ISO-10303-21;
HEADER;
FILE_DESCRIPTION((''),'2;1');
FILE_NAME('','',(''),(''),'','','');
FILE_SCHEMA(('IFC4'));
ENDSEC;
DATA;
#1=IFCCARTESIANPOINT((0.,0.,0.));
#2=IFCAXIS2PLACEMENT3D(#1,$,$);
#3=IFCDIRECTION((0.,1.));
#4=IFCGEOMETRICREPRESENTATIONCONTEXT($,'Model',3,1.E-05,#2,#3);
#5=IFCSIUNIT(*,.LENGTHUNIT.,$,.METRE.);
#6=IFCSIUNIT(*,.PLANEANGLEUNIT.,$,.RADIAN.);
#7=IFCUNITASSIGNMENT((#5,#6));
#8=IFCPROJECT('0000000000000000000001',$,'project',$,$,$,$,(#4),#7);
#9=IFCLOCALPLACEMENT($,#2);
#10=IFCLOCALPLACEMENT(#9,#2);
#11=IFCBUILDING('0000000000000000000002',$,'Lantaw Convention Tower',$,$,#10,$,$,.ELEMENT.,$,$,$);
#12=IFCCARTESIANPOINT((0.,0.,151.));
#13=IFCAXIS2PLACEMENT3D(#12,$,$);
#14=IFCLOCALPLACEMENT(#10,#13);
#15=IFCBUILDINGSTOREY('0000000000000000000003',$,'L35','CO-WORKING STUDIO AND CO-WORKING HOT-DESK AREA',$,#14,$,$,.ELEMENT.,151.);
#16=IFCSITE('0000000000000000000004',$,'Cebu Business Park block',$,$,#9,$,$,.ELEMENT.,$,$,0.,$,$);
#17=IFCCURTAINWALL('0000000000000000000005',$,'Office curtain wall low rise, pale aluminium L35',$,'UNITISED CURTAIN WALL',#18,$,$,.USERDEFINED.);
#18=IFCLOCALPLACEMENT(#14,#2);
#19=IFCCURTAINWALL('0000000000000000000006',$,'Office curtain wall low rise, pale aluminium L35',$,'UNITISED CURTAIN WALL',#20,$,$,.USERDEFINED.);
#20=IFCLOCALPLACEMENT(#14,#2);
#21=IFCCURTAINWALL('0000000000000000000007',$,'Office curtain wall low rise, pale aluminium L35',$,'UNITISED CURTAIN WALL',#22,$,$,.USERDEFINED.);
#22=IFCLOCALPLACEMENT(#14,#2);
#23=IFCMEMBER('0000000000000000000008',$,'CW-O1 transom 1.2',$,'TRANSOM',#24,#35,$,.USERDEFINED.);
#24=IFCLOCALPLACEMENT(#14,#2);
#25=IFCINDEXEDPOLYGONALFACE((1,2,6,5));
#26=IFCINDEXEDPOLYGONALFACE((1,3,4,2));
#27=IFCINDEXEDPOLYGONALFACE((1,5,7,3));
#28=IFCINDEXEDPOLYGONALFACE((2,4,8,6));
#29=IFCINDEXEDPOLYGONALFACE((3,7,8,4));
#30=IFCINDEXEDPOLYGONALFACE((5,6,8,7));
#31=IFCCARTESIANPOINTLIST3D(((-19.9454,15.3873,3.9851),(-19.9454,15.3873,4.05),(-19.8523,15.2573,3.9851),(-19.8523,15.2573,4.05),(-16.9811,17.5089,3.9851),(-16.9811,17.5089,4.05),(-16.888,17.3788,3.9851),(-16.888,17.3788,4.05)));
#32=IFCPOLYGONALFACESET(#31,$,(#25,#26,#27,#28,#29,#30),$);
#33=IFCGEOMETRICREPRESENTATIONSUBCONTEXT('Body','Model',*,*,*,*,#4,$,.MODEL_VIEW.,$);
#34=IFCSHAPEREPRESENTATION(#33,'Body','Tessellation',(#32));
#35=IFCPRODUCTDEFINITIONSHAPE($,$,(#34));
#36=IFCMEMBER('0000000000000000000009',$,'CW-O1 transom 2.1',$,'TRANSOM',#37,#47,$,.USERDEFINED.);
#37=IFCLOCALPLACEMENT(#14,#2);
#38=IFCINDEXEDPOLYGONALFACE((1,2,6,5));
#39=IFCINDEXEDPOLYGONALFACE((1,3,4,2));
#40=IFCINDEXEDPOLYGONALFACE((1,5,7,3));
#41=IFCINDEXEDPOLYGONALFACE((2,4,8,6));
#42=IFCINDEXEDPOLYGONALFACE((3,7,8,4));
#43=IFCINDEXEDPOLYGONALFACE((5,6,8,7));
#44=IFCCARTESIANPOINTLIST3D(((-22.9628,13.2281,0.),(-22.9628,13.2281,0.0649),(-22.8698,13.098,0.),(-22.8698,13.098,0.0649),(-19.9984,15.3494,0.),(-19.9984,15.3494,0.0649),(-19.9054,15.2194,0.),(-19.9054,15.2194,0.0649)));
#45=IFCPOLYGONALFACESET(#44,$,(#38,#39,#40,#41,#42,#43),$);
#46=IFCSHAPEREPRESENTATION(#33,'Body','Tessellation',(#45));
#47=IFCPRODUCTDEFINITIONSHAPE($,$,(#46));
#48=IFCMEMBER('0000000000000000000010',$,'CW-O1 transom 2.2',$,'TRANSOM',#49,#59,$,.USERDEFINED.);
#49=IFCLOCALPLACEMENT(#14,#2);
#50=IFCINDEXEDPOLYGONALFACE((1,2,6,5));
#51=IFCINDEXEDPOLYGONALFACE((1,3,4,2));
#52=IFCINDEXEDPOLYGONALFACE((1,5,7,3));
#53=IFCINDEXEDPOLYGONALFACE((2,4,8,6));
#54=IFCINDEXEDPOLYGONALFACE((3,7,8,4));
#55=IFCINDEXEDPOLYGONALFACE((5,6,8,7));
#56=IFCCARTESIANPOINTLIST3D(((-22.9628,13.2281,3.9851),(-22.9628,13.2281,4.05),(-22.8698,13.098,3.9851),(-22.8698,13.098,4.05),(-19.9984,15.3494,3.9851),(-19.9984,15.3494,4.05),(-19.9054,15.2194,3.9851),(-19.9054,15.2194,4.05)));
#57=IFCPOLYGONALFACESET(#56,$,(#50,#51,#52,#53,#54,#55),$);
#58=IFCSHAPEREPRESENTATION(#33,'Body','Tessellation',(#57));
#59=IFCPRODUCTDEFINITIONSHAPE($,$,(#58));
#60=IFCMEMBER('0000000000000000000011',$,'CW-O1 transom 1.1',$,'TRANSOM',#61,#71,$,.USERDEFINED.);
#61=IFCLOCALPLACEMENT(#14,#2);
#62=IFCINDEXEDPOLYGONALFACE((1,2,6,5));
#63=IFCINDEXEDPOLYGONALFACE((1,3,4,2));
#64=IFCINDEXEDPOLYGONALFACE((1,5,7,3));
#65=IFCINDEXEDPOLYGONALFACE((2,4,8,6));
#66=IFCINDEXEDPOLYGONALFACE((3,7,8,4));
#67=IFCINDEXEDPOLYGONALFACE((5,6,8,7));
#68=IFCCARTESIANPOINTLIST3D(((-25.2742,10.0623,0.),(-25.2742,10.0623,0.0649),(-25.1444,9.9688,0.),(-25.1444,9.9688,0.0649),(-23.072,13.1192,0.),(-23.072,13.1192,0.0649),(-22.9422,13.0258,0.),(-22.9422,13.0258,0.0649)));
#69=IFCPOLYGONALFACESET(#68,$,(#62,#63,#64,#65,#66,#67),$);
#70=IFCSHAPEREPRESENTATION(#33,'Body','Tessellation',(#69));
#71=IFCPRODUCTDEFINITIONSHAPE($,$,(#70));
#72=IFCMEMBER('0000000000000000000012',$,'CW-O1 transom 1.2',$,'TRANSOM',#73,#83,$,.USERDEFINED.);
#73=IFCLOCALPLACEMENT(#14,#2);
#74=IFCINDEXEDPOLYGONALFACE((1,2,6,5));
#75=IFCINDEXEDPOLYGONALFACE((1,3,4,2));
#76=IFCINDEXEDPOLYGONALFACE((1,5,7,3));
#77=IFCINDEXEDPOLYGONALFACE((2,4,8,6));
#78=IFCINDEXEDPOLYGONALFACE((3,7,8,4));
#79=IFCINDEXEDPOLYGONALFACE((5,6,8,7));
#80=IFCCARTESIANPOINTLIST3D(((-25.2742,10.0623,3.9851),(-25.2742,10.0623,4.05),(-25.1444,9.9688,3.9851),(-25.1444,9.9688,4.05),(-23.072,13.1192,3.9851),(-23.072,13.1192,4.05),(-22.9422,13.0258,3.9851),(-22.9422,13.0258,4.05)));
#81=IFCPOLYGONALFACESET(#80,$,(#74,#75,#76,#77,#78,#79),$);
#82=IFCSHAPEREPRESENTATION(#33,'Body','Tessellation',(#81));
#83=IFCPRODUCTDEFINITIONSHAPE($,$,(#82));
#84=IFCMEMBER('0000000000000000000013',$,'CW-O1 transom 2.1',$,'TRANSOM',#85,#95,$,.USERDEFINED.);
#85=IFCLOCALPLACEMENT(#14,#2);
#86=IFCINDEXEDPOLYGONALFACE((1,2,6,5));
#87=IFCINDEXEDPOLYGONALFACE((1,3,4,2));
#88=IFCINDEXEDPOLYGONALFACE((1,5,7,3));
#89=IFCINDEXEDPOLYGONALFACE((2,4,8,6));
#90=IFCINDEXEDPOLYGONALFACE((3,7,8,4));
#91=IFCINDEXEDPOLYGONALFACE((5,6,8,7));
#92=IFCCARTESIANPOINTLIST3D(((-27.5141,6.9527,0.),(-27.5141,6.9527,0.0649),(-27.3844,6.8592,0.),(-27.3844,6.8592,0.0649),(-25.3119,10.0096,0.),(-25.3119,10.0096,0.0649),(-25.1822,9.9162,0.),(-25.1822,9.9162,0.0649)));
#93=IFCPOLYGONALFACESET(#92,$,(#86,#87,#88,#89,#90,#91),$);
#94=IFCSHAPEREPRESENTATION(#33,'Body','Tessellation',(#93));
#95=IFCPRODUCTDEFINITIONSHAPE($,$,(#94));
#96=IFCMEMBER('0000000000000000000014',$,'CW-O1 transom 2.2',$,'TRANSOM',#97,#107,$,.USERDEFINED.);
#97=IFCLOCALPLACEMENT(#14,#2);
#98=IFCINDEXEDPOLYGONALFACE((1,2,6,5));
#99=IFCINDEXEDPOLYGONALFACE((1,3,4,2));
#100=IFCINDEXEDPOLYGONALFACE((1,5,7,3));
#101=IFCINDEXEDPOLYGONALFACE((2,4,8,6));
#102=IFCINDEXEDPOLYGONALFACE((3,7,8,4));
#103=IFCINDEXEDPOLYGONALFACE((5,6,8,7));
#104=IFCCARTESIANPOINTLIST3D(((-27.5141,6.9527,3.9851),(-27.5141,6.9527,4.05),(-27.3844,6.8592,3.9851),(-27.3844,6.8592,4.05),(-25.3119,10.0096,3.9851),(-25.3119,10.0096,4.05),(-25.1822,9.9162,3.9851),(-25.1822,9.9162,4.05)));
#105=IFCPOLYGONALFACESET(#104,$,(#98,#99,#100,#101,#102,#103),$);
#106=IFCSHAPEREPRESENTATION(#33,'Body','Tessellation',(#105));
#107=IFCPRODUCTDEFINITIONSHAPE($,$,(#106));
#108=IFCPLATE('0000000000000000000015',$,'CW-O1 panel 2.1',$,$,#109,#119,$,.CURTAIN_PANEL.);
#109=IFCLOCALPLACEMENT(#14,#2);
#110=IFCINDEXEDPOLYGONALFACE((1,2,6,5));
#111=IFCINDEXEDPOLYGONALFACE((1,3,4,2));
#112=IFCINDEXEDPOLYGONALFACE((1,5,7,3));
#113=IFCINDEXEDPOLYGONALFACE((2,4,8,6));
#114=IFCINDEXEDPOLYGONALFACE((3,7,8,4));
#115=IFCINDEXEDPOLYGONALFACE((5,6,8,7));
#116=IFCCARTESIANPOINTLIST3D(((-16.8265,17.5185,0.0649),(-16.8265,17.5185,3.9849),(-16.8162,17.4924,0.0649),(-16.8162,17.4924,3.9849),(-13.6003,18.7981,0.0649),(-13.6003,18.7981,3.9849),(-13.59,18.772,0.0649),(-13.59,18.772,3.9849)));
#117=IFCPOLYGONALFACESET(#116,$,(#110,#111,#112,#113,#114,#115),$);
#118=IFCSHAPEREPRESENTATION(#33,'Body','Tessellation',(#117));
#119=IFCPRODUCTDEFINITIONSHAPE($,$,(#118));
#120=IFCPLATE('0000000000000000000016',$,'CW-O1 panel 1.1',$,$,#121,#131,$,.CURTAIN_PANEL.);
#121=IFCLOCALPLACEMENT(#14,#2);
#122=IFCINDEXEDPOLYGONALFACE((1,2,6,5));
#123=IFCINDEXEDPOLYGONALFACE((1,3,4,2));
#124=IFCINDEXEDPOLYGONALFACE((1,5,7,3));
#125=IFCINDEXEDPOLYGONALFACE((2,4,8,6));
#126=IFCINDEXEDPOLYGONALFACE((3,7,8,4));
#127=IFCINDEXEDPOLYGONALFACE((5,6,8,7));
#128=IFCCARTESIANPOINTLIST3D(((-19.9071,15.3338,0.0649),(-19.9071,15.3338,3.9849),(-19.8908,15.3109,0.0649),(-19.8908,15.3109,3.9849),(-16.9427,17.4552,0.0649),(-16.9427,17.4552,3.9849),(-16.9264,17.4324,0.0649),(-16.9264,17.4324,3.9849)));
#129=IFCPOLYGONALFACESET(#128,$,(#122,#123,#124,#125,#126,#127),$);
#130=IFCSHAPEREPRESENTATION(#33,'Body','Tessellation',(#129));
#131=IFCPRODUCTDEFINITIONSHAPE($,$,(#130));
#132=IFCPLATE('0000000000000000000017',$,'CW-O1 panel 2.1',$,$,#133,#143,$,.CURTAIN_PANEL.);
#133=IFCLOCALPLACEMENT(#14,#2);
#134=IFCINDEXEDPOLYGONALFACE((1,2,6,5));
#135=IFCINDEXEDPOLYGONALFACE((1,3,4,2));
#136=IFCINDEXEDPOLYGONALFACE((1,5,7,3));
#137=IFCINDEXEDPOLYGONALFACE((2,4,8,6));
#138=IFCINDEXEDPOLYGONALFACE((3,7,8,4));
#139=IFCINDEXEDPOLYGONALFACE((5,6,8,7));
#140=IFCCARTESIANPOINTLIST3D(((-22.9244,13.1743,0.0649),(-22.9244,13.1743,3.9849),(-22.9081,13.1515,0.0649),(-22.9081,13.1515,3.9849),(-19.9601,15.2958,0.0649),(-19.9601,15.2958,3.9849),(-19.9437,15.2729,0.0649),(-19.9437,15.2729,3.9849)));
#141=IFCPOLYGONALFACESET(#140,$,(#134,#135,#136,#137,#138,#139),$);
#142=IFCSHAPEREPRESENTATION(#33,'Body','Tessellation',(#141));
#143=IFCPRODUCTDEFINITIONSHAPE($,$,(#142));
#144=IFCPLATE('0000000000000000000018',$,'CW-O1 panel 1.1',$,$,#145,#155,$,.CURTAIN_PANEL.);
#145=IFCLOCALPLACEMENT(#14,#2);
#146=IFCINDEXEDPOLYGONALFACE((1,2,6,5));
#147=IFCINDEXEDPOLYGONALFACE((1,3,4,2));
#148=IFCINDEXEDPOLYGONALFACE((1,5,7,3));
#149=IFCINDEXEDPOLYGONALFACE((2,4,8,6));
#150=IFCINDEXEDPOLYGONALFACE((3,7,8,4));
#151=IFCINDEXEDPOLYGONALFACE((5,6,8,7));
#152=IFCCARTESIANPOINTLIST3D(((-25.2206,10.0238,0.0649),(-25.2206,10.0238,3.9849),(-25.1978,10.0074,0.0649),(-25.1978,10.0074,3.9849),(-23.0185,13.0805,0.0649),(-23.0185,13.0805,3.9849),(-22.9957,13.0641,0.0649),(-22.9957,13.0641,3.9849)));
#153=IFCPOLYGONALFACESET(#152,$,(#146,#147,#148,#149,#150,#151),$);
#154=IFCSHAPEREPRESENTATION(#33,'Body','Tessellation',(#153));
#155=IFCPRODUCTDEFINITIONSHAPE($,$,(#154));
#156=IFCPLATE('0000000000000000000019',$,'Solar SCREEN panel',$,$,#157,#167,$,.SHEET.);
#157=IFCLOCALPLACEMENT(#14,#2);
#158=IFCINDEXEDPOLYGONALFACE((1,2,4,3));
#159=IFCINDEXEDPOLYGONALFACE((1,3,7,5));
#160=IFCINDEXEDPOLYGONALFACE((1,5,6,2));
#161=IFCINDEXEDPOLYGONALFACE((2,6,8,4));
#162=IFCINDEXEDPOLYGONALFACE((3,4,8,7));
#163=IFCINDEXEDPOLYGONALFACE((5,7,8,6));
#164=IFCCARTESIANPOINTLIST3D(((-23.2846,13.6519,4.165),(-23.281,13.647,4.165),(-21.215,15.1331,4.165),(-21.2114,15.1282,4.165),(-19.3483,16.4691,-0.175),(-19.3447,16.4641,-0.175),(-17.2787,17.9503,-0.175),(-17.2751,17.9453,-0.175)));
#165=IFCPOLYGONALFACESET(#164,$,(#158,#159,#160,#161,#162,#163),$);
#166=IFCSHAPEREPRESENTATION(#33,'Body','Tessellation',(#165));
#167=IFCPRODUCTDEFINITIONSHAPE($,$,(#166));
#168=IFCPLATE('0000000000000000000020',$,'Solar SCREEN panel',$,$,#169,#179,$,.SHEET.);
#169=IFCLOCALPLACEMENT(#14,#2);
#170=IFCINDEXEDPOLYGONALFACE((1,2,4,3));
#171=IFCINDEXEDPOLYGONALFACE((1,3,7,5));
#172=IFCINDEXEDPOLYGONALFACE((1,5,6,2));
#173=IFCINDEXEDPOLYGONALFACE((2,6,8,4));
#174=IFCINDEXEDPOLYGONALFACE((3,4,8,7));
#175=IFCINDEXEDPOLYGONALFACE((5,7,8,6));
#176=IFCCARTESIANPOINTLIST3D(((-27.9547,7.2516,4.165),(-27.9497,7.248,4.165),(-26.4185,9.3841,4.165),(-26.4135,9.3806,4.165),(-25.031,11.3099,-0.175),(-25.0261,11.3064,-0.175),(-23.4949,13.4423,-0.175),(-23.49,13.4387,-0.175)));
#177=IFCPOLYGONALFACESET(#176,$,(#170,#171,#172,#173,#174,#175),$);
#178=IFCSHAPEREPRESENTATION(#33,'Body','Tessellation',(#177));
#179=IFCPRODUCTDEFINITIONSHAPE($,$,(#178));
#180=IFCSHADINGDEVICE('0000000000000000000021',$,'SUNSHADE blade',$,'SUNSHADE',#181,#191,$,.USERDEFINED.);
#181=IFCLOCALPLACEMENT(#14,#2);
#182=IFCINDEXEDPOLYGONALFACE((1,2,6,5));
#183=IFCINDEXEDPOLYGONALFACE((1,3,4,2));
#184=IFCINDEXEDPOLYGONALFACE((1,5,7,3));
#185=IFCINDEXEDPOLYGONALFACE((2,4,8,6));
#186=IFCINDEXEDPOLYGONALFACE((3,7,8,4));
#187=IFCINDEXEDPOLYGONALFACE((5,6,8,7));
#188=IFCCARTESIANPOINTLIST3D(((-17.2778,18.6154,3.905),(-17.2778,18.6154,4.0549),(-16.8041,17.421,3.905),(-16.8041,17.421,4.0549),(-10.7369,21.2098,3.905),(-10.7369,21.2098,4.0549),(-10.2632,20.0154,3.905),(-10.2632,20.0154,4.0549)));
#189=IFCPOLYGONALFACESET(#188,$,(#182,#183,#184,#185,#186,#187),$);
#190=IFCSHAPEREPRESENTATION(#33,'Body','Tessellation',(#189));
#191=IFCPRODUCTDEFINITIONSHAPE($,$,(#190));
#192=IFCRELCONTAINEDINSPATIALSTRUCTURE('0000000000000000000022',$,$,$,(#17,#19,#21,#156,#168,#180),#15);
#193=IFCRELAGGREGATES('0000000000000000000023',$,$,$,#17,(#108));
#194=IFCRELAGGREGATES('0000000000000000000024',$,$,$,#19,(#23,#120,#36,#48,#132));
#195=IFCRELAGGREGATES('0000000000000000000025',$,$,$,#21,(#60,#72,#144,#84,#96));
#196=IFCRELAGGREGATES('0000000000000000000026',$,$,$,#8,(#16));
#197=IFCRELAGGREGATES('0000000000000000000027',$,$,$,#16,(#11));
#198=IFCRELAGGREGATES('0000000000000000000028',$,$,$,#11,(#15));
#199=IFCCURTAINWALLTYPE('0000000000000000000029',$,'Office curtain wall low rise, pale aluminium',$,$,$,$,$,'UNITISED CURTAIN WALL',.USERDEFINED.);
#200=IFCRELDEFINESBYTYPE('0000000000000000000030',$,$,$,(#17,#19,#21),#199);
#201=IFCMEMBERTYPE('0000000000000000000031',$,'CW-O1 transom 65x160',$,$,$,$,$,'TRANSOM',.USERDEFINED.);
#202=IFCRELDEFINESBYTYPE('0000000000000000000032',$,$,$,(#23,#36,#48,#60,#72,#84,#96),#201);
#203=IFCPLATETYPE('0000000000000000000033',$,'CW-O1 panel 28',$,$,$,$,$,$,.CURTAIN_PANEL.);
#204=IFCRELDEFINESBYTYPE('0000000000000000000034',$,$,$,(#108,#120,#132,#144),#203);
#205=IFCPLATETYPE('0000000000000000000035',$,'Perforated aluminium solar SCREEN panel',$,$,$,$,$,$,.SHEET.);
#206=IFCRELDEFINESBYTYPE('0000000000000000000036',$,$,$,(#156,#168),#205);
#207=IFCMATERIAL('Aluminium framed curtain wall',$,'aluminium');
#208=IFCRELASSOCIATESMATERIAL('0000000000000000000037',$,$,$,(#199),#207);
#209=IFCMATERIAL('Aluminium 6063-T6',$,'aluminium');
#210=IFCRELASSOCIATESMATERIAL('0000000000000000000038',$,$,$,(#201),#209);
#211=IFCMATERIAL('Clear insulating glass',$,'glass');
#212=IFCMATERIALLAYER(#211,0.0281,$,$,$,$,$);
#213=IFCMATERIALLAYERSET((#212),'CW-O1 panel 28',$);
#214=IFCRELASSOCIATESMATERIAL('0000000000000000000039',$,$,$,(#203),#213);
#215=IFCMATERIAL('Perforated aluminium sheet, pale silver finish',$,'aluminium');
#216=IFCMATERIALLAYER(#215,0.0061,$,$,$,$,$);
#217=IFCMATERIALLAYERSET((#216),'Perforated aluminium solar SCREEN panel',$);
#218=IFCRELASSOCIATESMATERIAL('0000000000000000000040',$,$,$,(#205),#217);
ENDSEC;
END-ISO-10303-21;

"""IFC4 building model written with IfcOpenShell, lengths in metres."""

from ifc_helpers import new_model, si_unit, direction, frame, origin, origin_2d, place, context, subcontext, project, spatial, polyline, rectangle, outline, extrude, material, layer, layer_set, material_profile, profile_set, type_object, element, aggregate, save


model = new_model("IFC4")

# Units and contexts
model_context = context("Model", 3, precision=1e-05, world=origin(), true_north=direction((0.0, 1.0)))
body_context = subcontext(model_context, "Body", "Model", "MODEL_VIEW")
ifc_project = project(units=[si_unit("LENGTHUNIT", "METRE"), si_unit("PLANEANGLEUNIT", "RADIAN")], contexts=[model_context])

# Site, building, storey
site_placement = place(None, origin())
site = spatial("IfcSite", under=ifc_project, at=site_placement, Name="Cebu Business Park block", CompositionType="ELEMENT", RefElevation=0.0)
building_placement = place(site_placement, origin())
building = spatial("IfcBuilding", under=site, at=building_placement, Name="Lantaw Convention Tower", CompositionType="ELEMENT")
storey_placement = place(building_placement, frame((0.0, 0.0, 151.0)))
storey = spatial("IfcBuildingStorey", under=building, at=storey_placement, Name="L35", Description="CO-WORKING STUDIO AND CO-WORKING HOT-DESK AREA", CompositionType="ELEMENT", Elevation=151.0)

# Curtain wall
ifc_material_1 = material(Name="Aluminium framed curtain wall", Category="aluminium")
curtain_wall_type = type_object("IfcCurtainWallType", Name="Office curtain wall low rise, pale aluminium", ElementType="UNITISED CURTAIN WALL", PredefinedType="USERDEFINED", material=ifc_material_1)
curtain_wall_1_placement = place(storey_placement, origin())
curtain_wall_1 = element("IfcCurtainWall", 1, at=curtain_wall_1_placement, inside=storey, type_object=curtain_wall_type, Name="Office curtain wall low rise, pale aluminium L35", ObjectType="UNITISED CURTAIN WALL", PredefinedType="USERDEFINED")
ifc_material_2 = material(Name="Aluminium 6063-T6", Category="aluminium")

# Curtain walls
curtain_wall_2_placement = place(storey_placement, origin())
curtain_wall_2 = element("IfcCurtainWall", 2, at=curtain_wall_2_placement, inside=storey, type_object=curtain_wall_type, Name="Office curtain wall low rise, pale aluminium L35", ObjectType="UNITISED CURTAIN WALL", PredefinedType="USERDEFINED")
curtain_wall_3_placement = place(storey_placement, origin())
curtain_wall_3 = element("IfcCurtainWall", 3, at=curtain_wall_3_placement, inside=storey, type_object=curtain_wall_type, Name="Office curtain wall low rise, pale aluminium L35", ObjectType="UNITISED CURTAIN WALL", PredefinedType="USERDEFINED")

# Members
ifc_material_profile_1 = material_profile(ifc_material_2, rectangle(XDim=0.1599, YDim=0.0649, at=origin_2d()), Name="CW-O1 transom 65x160")
ifc_profile_set_1 = profile_set([ifc_material_profile_1], Name="Aluminium 6063-T6")
member_type_1 = type_object("IfcMemberType", Name="CW-O1 transom 65x160", ElementType="TRANSOM", PredefinedType="USERDEFINED", material=ifc_profile_set_1)
member_1_placement = place(storey_placement, frame((-16.9346, 17.4438, 4.0176), z_axis=(-0.81319, -0.581998, 0.0), x_axis=(0.581998, -0.81319, 0.0)))
member_1 = element("IfcMember", 4, at=member_1_placement, type_object=member_type_1, Name="CW-O1 transom 1.2", ObjectType="TRANSOM", PredefinedType="USERDEFINED", context=body_context, shape_type="SweptSolid", body=[
    extrude(rectangle(XDim=0.1599, YDim=0.0649, at=origin_2d()), origin(), (0.0, 0.0, 1.0), 3.6453),
])
member_2_placement = place(storey_placement, frame((-19.9519, 15.2844, 0.0325), z_axis=(-0.813222, -0.581954, 0.0), x_axis=(0.581954, -0.813222, 0.0)))
member_2 = element("IfcMember", 5, at=member_2_placement, type_object=member_type_1, Name="CW-O1 transom 2.1", ObjectType="TRANSOM", PredefinedType="USERDEFINED", context=body_context, shape_type="SweptSolid", body=[
    extrude(rectangle(XDim=0.1599, YDim=0.0649, at=origin_2d()), origin(), (0.0, 0.0, 1.0), 3.6453),
])
member_3_placement = place(storey_placement, frame((-19.9519, 15.2844, 4.0176), z_axis=(-0.813222, -0.581954, 0.0), x_axis=(0.581954, -0.813222, 0.0)))
member_3 = element("IfcMember", 6, at=member_3_placement, type_object=member_type_1, Name="CW-O1 transom 2.2", ObjectType="TRANSOM", PredefinedType="USERDEFINED", context=body_context, shape_type="SweptSolid", body=[
    extrude(rectangle(XDim=0.1599, YDim=0.0649, at=origin_2d()), origin(), (0.0, 0.0, 1.0), 3.6453),
])
member_4_placement = place(storey_placement, frame((-23.0071, 13.0725, 0.0325), z_axis=(-0.584513, -0.811384, 0.0), x_axis=(0.811384, -0.584513, 0.0)))
member_4 = element("IfcMember", 7, at=member_4_placement, type_object=member_type_1, Name="CW-O1 transom 1.1", ObjectType="TRANSOM", PredefinedType="USERDEFINED", context=body_context, shape_type="SweptSolid", body=[
    extrude(rectangle(XDim=0.1599, YDim=0.0649, at=origin_2d()), origin(), (0.0, 0.0, 1.0), 3.7676),
])
member_5_placement = place(storey_placement, frame((-23.0071, 13.0725, 4.0176), z_axis=(-0.584513, -0.811384, 0.0), x_axis=(0.811384, -0.584513, 0.0)))
member_5 = element("IfcMember", 8, at=member_5_placement, type_object=member_type_1, Name="CW-O1 transom 1.2", ObjectType="TRANSOM", PredefinedType="USERDEFINED", context=body_context, shape_type="SweptSolid", body=[
    extrude(rectangle(XDim=0.1599, YDim=0.0649, at=origin_2d()), origin(), (0.0, 0.0, 1.0), 3.7676),
])
member_6_placement = place(storey_placement, frame((-25.2471, 9.9629, 0.0325), z_axis=(-0.584513, -0.811384, 0.0), x_axis=(0.811384, -0.584513, 0.0)))
member_6 = element("IfcMember", 9, at=member_6_placement, type_object=member_type_1, Name="CW-O1 transom 2.1", ObjectType="TRANSOM", PredefinedType="USERDEFINED", context=body_context, shape_type="SweptSolid", body=[
    extrude(rectangle(XDim=0.1599, YDim=0.0649, at=origin_2d()), origin(), (0.0, 0.0, 1.0), 3.7676),
])
member_7_placement = place(storey_placement, frame((-25.2471, 9.9629, 4.0176), z_axis=(-0.584513, -0.811384, 0.0), x_axis=(0.811384, -0.584513, 0.0)))
member_7 = element("IfcMember", 10, at=member_7_placement, type_object=member_type_1, Name="CW-O1 transom 2.2", ObjectType="TRANSOM", PredefinedType="USERDEFINED", context=body_context, shape_type="SweptSolid", body=[
    extrude(rectangle(XDim=0.1599, YDim=0.0649, at=origin_2d()), origin(), (0.0, 0.0, 1.0), 3.7676),
])

# Plates
ifc_material_3 = material(Name="Clear insulating glass", Category="glass")
ifc_layer_1 = layer(ifc_material_3, 0.0281)
ifc_layer_set_1 = layer_set([ifc_layer_1], Name="CW-O1 panel 28")
plate_type_1 = type_object("IfcPlateType", Name="CW-O1 panel 28", PredefinedType="CURTAIN_PANEL", material=ifc_layer_set_1)
plate_1_placement = place(storey_placement, frame((-15.2083, 18.1453, 0.0649), z_axis=(0.0, 0.0, 1.0), x_axis=(-0.929548, -0.368702, 0.0)))
plate_1 = element("IfcPlate", 11, at=plate_1_placement, type_object=plate_type_1, Name="CW-O1 panel 2.1", PredefinedType="CURTAIN_PANEL", context=body_context, shape_type="SweptSolid", body=[
    extrude(rectangle(XDim=3.4707, YDim=0.0281, at=origin_2d()), origin(), (0.0, 0.0, 1.0), 3.9199),
])
aggregate(curtain_wall_1, [plate_1])
plate_2_placement = place(storey_placement, frame((-18.4167, 16.3831, 0.0649), z_axis=(0.0, 0.0, 1.0), x_axis=(-0.813208, -0.581973, 0.0)))
plate_2 = element("IfcPlate", 12, at=plate_2_placement, type_object=plate_type_1, Name="CW-O1 panel 1.1", PredefinedType="CURTAIN_PANEL", context=body_context, shape_type="SweptSolid", body=[
    extrude(rectangle(XDim=3.6453, YDim=0.0281, at=origin_2d()), origin(), (0.0, 0.0, 1.0), 3.9199),
])
plate_3_placement = place(storey_placement, frame((-21.4341, 14.2236, 0.0649), z_axis=(0.0, 0.0, 1.0), x_axis=(-0.813208, -0.581973, 0.0)))
plate_3 = element("IfcPlate", 13, at=plate_3_placement, type_object=plate_type_1, Name="CW-O1 panel 2.1", PredefinedType="CURTAIN_PANEL", context=body_context, shape_type="SweptSolid", body=[
    extrude(rectangle(XDim=3.6453, YDim=0.0281, at=origin_2d()), origin(), (0.0, 0.0, 1.0), 3.9199),
])
aggregate(curtain_wall_2, [member_1, plate_2, member_2, member_3, plate_3])
plate_4_placement = place(storey_placement, frame((-24.1082, 11.5439, 0.0649), z_axis=(0.0, 0.0, 1.0), x_axis=(-0.584513, -0.811385, 0.0)))
plate_4 = element("IfcPlate", 14, at=plate_4_placement, type_object=plate_type_1, Name="CW-O1 panel 1.1", PredefinedType="CURTAIN_PANEL", context=body_context, shape_type="SweptSolid", body=[
    extrude(rectangle(XDim=3.7673, YDim=0.0281, at=origin_2d()), origin(), (0.0, 0.0, 1.0), 3.9199),
])
aggregate(curtain_wall_3, [member_4, member_5, plate_4, member_6, member_7])

# Plates
ifc_material_4 = material(Name="Perforated aluminium sheet, pale silver finish", Category="aluminium")
ifc_layer_2 = layer(ifc_material_4, 0.0061)
ifc_layer_set_2 = layer_set([ifc_layer_2], Name="Perforated aluminium solar SCREEN panel")
plate_type_2 = type_object("IfcPlateType", Name="Perforated aluminium solar SCREEN panel", PredefinedType="SHEET", material=ifc_layer_set_2)
plate_5_placement = place(storey_placement, frame((-17.2751, 17.9453, -0.175), z_axis=(0.582, -0.813189, 0.000012), x_axis=(-0.813189, -0.582, 0.0)))
element("IfcPlate", 15, at=plate_5_placement, inside=storey, type_object=plate_type_2, Name="Solar SCREEN panel", PredefinedType="SHEET", context=body_context, shape_type="SweptSolid", body=[
    extrude(outline(polyline([(0.0, 0.0), (2.545, 0.0), (7.3855, -4.3401), (4.8405, -4.3401), (0.0, 0.0)])), origin(), (0.0, 0.0, -1.0), 0.0061),
])
plate_6_placement = place(storey_placement, frame((-23.49, 13.4387, -0.175), z_axis=(0.811395, -0.584498, 0.000036), x_axis=(-0.584498, -0.811395, 0.0)))
element("IfcPlate", 16, at=plate_6_placement, inside=storey, type_object=plate_type_2, Name="Solar SCREEN panel", PredefinedType="SHEET", context=body_context, shape_type="SweptSolid", body=[
    extrude(outline(polyline([(0.0, 0.0), (2.628, 0.0), (7.6298, -4.3401), (5.0016, -4.3401), (0.0, 0.0)])), origin(), (0.0, 0.0, -1.0), 0.0061),
])

# Shading device
shading_device_1_placement = place(storey_placement, frame((-13.7705, 19.3154, 3.905), z_axis=(0.0, 0.0, 1.0), x_axis=(-0.929548, -0.368702, 0.0)))
element("IfcShadingDevice", 17, at=shading_device_1_placement, inside=storey, Name="SUNSHADE blade", ObjectType="SUNSHADE", PredefinedType="USERDEFINED", context=body_context, shape_type="SweptSolid", body=[
    extrude(rectangle(XDim=7.0366, YDim=1.2849, at=origin_2d()), origin(), (0.0, 0.0, 1.0), 0.1499),
])

save(model, "model.ifc")
